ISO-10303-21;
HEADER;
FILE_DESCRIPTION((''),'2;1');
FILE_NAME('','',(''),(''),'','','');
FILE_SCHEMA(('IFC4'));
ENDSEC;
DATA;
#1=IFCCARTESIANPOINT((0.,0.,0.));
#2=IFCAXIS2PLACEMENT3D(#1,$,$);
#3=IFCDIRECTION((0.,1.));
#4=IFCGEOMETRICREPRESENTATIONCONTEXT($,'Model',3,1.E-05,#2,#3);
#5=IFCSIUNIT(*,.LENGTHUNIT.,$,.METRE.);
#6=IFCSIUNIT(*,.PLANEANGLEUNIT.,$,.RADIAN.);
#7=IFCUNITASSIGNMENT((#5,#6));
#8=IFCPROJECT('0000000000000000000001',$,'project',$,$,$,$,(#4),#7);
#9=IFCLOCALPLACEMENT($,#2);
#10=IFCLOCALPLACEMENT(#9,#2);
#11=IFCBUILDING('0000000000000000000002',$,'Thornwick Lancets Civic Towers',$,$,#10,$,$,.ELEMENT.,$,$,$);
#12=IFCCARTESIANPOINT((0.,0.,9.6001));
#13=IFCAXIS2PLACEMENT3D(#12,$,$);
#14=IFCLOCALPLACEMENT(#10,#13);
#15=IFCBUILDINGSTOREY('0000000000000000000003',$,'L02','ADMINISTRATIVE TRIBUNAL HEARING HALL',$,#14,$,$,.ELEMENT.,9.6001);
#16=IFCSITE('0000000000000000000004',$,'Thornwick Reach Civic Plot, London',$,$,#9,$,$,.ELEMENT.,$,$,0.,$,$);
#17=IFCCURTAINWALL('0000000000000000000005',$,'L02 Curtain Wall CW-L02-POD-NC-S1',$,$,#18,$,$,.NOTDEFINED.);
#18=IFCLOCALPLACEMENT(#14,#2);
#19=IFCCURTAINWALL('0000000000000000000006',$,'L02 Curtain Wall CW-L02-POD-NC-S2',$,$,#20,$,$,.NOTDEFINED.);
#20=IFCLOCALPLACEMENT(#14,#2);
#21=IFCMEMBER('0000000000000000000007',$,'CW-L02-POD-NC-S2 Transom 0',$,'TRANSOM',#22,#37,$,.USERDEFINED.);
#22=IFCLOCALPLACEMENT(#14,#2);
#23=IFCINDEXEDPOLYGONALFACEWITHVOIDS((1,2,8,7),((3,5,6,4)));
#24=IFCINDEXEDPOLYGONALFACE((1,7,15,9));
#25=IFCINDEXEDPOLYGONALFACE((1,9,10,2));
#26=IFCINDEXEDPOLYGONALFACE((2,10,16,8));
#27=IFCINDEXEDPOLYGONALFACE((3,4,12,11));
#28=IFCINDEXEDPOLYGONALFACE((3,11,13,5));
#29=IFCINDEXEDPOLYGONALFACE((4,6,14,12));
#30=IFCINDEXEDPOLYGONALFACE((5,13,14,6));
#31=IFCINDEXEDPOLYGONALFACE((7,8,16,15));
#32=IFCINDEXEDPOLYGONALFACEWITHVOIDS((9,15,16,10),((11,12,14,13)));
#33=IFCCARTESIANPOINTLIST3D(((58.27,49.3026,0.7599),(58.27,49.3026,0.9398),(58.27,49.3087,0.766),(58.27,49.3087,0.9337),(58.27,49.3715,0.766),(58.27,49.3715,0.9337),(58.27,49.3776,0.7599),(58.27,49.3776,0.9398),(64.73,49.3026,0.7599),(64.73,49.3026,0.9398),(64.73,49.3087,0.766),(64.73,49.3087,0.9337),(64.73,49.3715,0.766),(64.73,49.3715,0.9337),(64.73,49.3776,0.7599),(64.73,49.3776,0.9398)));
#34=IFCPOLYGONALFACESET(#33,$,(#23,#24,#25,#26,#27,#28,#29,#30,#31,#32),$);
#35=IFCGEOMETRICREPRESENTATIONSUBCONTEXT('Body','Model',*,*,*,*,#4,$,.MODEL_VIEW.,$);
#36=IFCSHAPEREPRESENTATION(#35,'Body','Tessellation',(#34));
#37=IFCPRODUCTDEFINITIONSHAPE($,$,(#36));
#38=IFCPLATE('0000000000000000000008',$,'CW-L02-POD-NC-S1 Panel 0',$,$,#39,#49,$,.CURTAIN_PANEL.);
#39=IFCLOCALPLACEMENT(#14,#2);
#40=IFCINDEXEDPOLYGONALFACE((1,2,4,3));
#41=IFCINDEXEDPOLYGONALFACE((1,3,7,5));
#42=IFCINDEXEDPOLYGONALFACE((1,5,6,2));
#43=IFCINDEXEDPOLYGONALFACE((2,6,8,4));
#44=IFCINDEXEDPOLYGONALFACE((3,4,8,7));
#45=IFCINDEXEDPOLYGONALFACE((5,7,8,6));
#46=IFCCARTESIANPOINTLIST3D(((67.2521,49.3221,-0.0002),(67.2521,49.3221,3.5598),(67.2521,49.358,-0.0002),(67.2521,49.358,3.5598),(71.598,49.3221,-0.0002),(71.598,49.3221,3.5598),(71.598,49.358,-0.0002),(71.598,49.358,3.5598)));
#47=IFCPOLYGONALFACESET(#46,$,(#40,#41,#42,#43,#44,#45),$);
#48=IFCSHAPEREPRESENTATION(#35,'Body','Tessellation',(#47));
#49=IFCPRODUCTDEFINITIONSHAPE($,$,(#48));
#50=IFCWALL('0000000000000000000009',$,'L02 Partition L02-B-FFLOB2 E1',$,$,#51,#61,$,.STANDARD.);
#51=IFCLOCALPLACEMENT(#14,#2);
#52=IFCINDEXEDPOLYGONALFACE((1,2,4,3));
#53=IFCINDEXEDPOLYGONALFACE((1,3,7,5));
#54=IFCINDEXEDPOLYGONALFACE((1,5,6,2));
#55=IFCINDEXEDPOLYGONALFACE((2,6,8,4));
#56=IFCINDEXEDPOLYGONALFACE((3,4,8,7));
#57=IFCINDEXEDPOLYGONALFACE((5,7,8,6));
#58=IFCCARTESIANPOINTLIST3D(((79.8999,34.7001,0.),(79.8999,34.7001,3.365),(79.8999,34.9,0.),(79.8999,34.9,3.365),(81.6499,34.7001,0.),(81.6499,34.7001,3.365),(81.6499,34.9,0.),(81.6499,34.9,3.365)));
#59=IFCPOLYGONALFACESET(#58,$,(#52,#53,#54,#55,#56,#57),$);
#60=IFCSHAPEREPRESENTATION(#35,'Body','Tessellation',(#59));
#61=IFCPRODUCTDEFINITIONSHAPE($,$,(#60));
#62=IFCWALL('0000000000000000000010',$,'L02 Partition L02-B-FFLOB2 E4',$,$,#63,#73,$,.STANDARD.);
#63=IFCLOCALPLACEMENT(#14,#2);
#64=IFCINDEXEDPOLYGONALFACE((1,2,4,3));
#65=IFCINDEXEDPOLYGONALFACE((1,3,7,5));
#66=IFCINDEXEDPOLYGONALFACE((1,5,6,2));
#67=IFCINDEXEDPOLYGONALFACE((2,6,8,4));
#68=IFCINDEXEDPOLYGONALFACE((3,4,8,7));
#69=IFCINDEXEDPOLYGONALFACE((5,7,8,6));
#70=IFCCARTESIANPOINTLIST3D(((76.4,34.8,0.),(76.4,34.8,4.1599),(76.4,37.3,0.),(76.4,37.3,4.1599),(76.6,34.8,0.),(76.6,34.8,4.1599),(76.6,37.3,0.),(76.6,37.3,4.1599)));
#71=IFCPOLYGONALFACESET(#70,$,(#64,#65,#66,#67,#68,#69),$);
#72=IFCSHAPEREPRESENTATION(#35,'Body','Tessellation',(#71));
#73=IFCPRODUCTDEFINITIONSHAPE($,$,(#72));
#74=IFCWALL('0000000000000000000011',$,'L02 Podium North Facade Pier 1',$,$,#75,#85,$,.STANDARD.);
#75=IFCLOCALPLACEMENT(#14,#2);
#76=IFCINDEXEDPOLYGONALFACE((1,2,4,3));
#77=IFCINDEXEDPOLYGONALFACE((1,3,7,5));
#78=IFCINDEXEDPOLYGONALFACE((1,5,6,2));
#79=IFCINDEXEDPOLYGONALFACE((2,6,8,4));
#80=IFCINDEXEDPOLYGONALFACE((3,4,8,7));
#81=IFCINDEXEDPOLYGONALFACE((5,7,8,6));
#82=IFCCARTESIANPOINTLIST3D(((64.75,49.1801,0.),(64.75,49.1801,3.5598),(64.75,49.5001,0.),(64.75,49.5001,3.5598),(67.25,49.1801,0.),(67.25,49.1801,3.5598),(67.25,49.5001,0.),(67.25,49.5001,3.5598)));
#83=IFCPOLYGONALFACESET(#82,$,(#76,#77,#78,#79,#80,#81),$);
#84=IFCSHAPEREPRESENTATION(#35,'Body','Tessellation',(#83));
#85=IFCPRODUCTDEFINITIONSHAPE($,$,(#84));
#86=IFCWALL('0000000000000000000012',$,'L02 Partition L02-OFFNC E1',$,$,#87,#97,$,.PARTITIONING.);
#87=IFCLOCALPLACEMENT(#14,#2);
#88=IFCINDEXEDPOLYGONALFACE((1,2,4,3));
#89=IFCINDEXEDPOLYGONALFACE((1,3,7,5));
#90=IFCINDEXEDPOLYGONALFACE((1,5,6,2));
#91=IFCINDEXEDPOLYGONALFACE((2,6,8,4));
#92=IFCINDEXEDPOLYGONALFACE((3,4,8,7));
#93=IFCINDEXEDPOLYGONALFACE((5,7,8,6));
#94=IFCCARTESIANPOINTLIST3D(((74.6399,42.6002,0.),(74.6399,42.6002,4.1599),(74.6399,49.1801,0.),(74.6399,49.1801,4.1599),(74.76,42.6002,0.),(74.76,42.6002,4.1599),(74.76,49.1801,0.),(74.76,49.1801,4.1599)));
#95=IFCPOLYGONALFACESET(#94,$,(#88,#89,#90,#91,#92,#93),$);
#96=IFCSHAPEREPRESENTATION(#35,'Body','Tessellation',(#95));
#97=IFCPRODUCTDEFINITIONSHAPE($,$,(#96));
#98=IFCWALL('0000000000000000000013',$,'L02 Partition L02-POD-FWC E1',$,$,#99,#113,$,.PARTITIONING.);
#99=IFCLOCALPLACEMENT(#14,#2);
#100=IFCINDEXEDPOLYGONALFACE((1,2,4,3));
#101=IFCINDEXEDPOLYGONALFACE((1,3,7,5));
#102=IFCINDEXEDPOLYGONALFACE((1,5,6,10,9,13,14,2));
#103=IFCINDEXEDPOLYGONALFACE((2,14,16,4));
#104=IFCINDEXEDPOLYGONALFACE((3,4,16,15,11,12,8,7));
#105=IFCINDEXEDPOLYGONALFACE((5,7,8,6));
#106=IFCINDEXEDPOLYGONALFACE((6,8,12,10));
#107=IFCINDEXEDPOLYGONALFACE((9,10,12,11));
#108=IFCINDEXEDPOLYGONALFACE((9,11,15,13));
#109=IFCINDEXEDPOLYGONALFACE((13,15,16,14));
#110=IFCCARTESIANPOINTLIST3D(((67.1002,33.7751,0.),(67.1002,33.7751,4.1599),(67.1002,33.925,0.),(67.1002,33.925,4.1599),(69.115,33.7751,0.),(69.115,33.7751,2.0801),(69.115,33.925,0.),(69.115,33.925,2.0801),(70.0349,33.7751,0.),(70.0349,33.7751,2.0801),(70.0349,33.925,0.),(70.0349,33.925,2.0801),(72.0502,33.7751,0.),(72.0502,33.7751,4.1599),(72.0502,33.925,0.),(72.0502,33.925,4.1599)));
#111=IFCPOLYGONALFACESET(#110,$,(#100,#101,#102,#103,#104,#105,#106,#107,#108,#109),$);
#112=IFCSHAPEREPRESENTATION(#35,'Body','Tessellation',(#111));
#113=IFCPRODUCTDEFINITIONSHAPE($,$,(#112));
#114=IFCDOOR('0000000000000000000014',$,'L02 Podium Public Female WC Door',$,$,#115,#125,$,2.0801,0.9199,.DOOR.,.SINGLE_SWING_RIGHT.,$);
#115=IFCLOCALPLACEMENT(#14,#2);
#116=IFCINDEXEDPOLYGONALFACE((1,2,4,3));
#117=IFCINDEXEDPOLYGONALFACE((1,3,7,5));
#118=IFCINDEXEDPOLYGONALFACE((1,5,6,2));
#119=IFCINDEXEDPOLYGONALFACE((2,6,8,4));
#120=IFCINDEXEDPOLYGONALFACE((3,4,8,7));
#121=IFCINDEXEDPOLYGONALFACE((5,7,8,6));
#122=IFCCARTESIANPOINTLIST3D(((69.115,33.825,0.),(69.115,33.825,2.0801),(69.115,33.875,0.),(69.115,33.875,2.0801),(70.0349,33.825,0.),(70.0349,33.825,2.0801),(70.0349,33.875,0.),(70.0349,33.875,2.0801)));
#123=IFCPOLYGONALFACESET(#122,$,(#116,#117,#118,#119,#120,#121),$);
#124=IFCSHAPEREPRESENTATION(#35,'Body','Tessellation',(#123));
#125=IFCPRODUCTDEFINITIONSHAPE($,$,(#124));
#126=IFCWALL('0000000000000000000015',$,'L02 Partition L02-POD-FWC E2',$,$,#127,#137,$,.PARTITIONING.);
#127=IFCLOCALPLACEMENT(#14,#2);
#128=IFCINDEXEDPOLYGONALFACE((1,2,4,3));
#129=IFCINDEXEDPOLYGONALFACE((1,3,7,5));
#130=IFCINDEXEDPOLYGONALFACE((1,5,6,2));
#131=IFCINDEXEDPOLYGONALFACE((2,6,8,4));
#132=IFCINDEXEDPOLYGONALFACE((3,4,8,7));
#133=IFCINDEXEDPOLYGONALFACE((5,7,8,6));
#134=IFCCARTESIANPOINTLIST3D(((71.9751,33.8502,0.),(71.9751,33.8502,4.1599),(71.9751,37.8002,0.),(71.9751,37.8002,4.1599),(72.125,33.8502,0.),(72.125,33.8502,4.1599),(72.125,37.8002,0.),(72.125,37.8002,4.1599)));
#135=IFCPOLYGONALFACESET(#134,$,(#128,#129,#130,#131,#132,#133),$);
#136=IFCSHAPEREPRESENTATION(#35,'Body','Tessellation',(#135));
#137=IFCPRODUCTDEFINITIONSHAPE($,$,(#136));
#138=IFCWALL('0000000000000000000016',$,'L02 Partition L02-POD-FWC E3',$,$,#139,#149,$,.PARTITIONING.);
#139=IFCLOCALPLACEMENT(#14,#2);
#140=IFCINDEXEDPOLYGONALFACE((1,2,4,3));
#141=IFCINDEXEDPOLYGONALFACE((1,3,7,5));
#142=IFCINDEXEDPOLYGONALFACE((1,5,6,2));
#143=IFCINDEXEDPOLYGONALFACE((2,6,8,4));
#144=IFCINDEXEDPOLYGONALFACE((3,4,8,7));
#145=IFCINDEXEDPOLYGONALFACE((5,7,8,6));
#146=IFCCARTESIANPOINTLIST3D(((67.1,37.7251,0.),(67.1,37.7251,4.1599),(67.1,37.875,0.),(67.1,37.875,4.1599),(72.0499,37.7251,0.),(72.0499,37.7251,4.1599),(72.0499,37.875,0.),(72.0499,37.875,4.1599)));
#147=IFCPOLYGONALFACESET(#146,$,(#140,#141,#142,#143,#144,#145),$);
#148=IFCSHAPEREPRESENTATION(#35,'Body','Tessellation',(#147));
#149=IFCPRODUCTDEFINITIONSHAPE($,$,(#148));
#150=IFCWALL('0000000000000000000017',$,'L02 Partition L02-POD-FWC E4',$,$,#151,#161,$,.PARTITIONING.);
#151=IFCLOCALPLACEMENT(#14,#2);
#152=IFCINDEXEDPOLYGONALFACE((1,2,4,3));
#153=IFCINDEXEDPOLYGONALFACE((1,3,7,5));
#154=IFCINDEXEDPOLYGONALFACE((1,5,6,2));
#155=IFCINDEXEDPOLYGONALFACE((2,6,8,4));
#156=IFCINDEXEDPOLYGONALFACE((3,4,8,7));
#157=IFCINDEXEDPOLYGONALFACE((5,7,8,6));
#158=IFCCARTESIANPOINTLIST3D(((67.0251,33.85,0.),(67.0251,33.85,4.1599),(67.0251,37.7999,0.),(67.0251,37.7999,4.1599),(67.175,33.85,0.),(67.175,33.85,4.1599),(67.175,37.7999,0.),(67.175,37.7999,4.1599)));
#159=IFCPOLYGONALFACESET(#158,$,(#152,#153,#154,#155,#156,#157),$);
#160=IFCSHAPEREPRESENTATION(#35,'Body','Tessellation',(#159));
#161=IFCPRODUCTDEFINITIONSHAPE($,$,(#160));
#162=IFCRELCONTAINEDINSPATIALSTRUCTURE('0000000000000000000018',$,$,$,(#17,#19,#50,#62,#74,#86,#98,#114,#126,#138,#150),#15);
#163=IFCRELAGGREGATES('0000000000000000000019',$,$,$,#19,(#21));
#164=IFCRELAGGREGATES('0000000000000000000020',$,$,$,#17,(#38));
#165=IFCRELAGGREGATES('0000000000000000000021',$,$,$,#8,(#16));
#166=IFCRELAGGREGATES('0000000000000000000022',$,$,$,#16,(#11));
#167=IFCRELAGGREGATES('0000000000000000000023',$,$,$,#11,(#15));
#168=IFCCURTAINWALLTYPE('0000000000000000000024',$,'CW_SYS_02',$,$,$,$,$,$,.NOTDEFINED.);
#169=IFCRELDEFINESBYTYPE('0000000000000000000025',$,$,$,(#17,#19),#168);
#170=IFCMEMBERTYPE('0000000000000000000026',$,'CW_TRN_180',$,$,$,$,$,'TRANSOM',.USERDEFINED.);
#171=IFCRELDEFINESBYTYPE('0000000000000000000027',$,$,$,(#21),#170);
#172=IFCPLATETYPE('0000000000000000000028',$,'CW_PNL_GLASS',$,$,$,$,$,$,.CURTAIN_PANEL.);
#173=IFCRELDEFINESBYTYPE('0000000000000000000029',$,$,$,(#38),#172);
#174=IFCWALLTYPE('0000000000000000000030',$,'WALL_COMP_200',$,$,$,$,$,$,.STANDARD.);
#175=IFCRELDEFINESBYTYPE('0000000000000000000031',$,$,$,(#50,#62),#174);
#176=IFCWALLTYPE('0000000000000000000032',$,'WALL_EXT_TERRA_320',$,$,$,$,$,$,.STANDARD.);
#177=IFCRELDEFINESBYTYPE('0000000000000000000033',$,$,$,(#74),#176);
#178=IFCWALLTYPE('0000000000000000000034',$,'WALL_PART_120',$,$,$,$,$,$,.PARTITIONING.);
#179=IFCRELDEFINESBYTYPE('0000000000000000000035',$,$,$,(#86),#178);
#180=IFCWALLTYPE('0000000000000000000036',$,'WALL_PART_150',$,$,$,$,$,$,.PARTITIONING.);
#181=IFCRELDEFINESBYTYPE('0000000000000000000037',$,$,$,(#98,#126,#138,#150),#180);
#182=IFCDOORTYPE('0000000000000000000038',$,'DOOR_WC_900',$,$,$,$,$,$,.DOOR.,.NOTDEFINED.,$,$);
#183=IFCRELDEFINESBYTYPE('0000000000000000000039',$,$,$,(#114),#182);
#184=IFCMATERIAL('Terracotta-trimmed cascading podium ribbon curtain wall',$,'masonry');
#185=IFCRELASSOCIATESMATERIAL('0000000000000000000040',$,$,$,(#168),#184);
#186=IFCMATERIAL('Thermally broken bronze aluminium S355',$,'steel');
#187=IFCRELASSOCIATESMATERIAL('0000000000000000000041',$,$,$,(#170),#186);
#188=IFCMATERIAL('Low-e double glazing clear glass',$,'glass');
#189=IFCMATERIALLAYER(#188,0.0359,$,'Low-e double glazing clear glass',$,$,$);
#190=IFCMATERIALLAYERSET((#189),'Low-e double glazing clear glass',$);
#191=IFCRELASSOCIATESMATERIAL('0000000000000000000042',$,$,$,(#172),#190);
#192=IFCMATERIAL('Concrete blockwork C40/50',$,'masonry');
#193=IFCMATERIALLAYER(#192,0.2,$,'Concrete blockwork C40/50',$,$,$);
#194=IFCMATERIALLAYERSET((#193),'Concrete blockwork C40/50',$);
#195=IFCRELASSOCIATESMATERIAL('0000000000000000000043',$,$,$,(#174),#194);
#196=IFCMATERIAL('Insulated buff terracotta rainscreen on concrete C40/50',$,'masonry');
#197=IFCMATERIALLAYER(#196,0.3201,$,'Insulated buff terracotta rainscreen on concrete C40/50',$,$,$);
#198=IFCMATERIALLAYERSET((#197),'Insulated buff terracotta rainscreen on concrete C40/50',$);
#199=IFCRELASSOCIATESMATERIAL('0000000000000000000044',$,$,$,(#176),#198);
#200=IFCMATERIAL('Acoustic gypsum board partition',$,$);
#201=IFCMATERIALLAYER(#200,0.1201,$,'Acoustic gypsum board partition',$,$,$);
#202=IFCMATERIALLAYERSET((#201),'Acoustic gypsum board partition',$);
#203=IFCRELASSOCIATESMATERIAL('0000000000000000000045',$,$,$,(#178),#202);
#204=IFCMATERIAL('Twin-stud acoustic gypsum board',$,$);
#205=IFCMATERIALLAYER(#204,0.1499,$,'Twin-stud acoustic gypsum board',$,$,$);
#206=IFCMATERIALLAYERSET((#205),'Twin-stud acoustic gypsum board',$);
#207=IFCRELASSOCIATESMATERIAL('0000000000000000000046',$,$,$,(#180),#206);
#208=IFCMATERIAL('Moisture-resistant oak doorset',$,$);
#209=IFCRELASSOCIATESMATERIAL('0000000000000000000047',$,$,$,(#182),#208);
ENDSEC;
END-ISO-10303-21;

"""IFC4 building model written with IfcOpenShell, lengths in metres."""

from ifc_helpers import new_model, si_unit, direction, frame, frame_2d, origin, origin_2d, place, context, subcontext, project, spatial, rectangle, hollow_rectangle, extrude, material, layer, layer_set, material_profile, profile_set, type_object, element, fill, aggregate, save


model = new_model("IFC4")

# Units and contexts
model_context = context("Model", 3, precision=1e-05, world=origin(), true_north=direction((0.0, 1.0)))
body_context = subcontext(model_context, "Body", "Model", "MODEL_VIEW")
ifc_project = project(units=[si_unit("LENGTHUNIT", "METRE"), si_unit("PLANEANGLEUNIT", "RADIAN")], contexts=[model_context])

# Site, building, storey
site_placement = place(None, origin())
site = spatial("IfcSite", under=ifc_project, at=site_placement, Name="Thornwick Reach Civic Plot, London", CompositionType="ELEMENT", RefElevation=0.0)
building_placement = place(site_placement, origin())
building = spatial("IfcBuilding", under=site, at=building_placement, Name="Thornwick Lancets Civic Towers", CompositionType="ELEMENT")
storey_placement = place(building_placement, frame((0.0, 0.0, 9.6001)))
storey = spatial("IfcBuildingStorey", under=building, at=storey_placement, Name="L02", Description="ADMINISTRATIVE TRIBUNAL HEARING HALL", CompositionType="ELEMENT", Elevation=9.6001)

# Curtain wall
ifc_material_1 = material(Name="Terracotta-trimmed cascading podium ribbon curtain wall", Category="masonry")
curtain_wall_type = type_object("IfcCurtainWallType", Name="CW_SYS_02", PredefinedType="NOTDEFINED", material=ifc_material_1)
curtain_wall_1_placement = place(storey_placement, origin())
curtain_wall_1 = element("IfcCurtainWall", 1, at=curtain_wall_1_placement, inside=storey, type_object=curtain_wall_type, Name="L02 Curtain Wall CW-L02-POD-NC-S1", PredefinedType="NOTDEFINED")
ifc_material_2 = material(Name="Thermally broken bronze aluminium S355", Category="steel")

# Curtain wall
curtain_wall_2_placement = place(storey_placement, origin())
curtain_wall_2 = element("IfcCurtainWall", 2, at=curtain_wall_2_placement, inside=storey, type_object=curtain_wall_type, Name="L02 Curtain Wall CW-L02-POD-NC-S2", PredefinedType="NOTDEFINED")

# Member
ifc_material_profile_1 = material_profile(ifc_material_2, hollow_rectangle(XDim=0.075, YDim=0.1799, WallThickness=0.0061, at=origin_2d()), Name="RHS 180x75x6")
ifc_profile_set_1 = profile_set([ifc_material_profile_1], Name="Thermally broken bronze aluminium S355")
member_type_1 = type_object("IfcMemberType", Name="CW_TRN_180", ElementType="TRANSOM", PredefinedType="USERDEFINED", material=ifc_profile_set_1)
member_1_placement = place(storey_placement, frame((64.73, 49.3401, 0.8499), z_axis=(-1.0, 0.0, 0.0), x_axis=(0.0, -1.0, 0.0)))
member_1 = element("IfcMember", 3, at=member_1_placement, type_object=member_type_1, Name="CW-L02-POD-NC-S2 Transom 0", ObjectType="TRANSOM", PredefinedType="USERDEFINED", context=body_context, shape_type="SweptSolid", body=[
    extrude(hollow_rectangle(XDim=0.075, YDim=0.1799, WallThickness=0.0061, at=origin_2d()), origin(), (0.0, 0.0, 1.0), 6.46),
])
aggregate(curtain_wall_2, [member_1])

# Plate
ifc_material_3 = material(Name="Low-e double glazing clear glass", Category="glass")
ifc_layer_1 = layer(ifc_material_3, 0.0359, Name="Low-e double glazing clear glass")
ifc_layer_set_1 = layer_set([ifc_layer_1], Name="Low-e double glazing clear glass")
plate_type = type_object("IfcPlateType", Name="CW_PNL_GLASS", PredefinedType="CURTAIN_PANEL", material=ifc_layer_set_1)
plate_placement = place(storey_placement, frame((69.425, 49.3401, -0.0002), z_axis=(0.0, 0.0, 1.0), x_axis=(-1.0, 0.0, 0.0)))
plate = element("IfcPlate", 4, at=plate_placement, type_object=plate_type, Name="CW-L02-POD-NC-S1 Panel 0", PredefinedType="CURTAIN_PANEL", context=body_context, shape_type="SweptSolid", body=[
    extrude(rectangle(XDim=4.3459, YDim=0.0359, at=origin_2d()), origin(), (0.0, 0.0, 1.0), 3.5601),
])
aggregate(curtain_wall_1, [plate])

# Walls
ifc_material_4 = material(Name="Concrete blockwork C40/50", Category="masonry")
ifc_layer_2 = layer(ifc_material_4, 0.2, Name="Concrete blockwork C40/50")
ifc_layer_set_2 = layer_set([ifc_layer_2], Name="Concrete blockwork C40/50")
wall_type_1 = type_object("IfcWallType", Name="WALL_COMP_200", PredefinedType="STANDARD", material=ifc_layer_set_2)
wall_1_placement = place(storey_placement, frame((79.8999, 34.8, 0.0), z_axis=(0.0, 0.0, 1.0), x_axis=(1.0, 0.0, 0.0)))
element("IfcWall", 5, at=wall_1_placement, inside=storey, type_object=wall_type_1, Name="L02 Partition L02-B-FFLOB2 E1", PredefinedType="STANDARD", context=body_context, shape_type="SweptSolid", body=[
    extrude(rectangle(XDim=1.75, YDim=0.2, at=frame_2d((0.875, 0.0))), origin(), (0.0, 0.0, 1.0), 3.365),
])
wall_2_placement = place(storey_placement, frame((76.5, 37.3, 0.0), z_axis=(0.0, 0.0, 1.0), x_axis=(0.0, -1.0, 0.0)))
element("IfcWall", 6, at=wall_2_placement, inside=storey, type_object=wall_type_1, Name="L02 Partition L02-B-FFLOB2 E4", PredefinedType="STANDARD", context=body_context, shape_type="SweptSolid", body=[
    extrude(rectangle(XDim=2.5, YDim=0.2, at=frame_2d((1.25, 0.0))), origin(), (0.0, 0.0, 1.0), 4.1599),
])
ifc_material_5 = material(Name="Insulated buff terracotta rainscreen on concrete C40/50", Category="masonry")
ifc_layer_3 = layer(ifc_material_5, 0.3201, Name="Insulated buff terracotta rainscreen on concrete C40/50")
ifc_layer_set_3 = layer_set([ifc_layer_3], Name="Insulated buff terracotta rainscreen on concrete C40/50")
wall_type_2 = type_object("IfcWallType", Name="WALL_EXT_TERRA_320", PredefinedType="STANDARD", material=ifc_layer_set_3)
wall_3_placement = place(storey_placement, frame((67.25, 49.3401, 0.0), z_axis=(0.0, 0.0, 1.0), x_axis=(-1.0, 0.0, 0.0)))
element("IfcWall", 7, at=wall_3_placement, inside=storey, type_object=wall_type_2, Name="L02 Podium North Facade Pier 1", PredefinedType="STANDARD", context=body_context, shape_type="SweptSolid", body=[
    extrude(rectangle(XDim=2.5, YDim=0.3201, at=frame_2d((1.25, 0.0))), origin(), (0.0, 0.0, 1.0), 3.5598),
])
ifc_material_6 = material(Name="Acoustic gypsum board partition")
ifc_layer_4 = layer(ifc_material_6, 0.1201, Name="Acoustic gypsum board partition")
ifc_layer_set_4 = layer_set([ifc_layer_4], Name="Acoustic gypsum board partition")
wall_type_3 = type_object("IfcWallType", Name="WALL_PART_120", PredefinedType="PARTITIONING", material=ifc_layer_set_4)
wall_4_placement = place(storey_placement, frame((74.7, 42.6001, 0.0), z_axis=(0.0, 0.0, 1.0), x_axis=(0.0, 1.0, 0.0)))
element("IfcWall", 8, at=wall_4_placement, inside=storey, type_object=wall_type_3, Name="L02 Partition L02-OFFNC E1", PredefinedType="PARTITIONING", context=body_context, shape_type="SweptSolid", body=[
    extrude(rectangle(XDim=6.5798, YDim=0.1201, at=frame_2d((3.29, 0.0))), origin(), (0.0, 0.0, 1.0), 4.1599),
])

# Wall, opening, door
ifc_material_7 = material(Name="Twin-stud acoustic gypsum board")
ifc_layer_5 = layer(ifc_material_7, 0.1499, Name="Twin-stud acoustic gypsum board")
ifc_layer_set_5 = layer_set([ifc_layer_5], Name="Twin-stud acoustic gypsum board")
wall_type_4 = type_object("IfcWallType", Name="WALL_PART_150", PredefinedType="PARTITIONING", material=ifc_layer_set_5)
wall_5_placement = place(storey_placement, frame((67.1001, 33.8501, 0.0), z_axis=(0.0, 0.0, 1.0), x_axis=(1.0, 0.0, 0.0)))
wall_5 = element("IfcWall", 9, at=wall_5_placement, inside=storey, type_object=wall_type_4, Name="L02 Partition L02-POD-FWC E1", PredefinedType="PARTITIONING", context=body_context, shape_type="SweptSolid", body=[
    extrude(rectangle(XDim=4.95, YDim=0.1499, at=frame_2d((2.4751, 0.0))), origin(), (0.0, 0.0, 1.0), 4.1599),
])
opening_1_placement = place(wall_5_placement, frame((2.0149, 0.0, 0.0)))
opening_1 = element("IfcOpeningElement", 10, at=opening_1_placement, cuts=wall_5, PredefinedType="OPENING", context=body_context, shape_type="SweptSolid", body=[
    extrude(rectangle(XDim=0.9199, YDim=2.0801, at=frame_2d((0.46, 1.04))), frame((0.0, 0.085, 0.0), z_axis=(0.0, -1.0, 0.0), x_axis=(1.0, 0.0, 0.0)), (0.0, 0.0, 1.0), 0.1699),
])
ifc_material_8 = material(Name="Moisture-resistant oak doorset")
door_type_1 = type_object("IfcDoorType", Name="DOOR_WC_900", OperationType="NOTDEFINED", PredefinedType="DOOR", material=ifc_material_8)
door_1_placement = place(opening_1_placement, origin())
door_1 = element("IfcDoor", 11, at=door_1_placement, inside=storey, type_object=door_type_1, Name="L02 Podium Public Female WC Door", OperationType="SINGLE_SWING_RIGHT", OverallHeight=2.0801, OverallWidth=0.9199, PredefinedType="DOOR", context=body_context, shape_type="SweptSolid", body=[
    extrude(rectangle(XDim=0.9199, YDim=2.0801, at=frame_2d((0.46, 1.04))), frame((0.0, 0.0249, 0.0), z_axis=(0.0, -1.0, 0.0), x_axis=(1.0, 0.0, 0.0)), (0.0, 0.0, 1.0), 0.05),
])
fill(opening_1, door_1)

# Walls
wall_6_placement = place(storey_placement, frame((72.05, 33.8501, 0.0), z_axis=(0.0, 0.0, 1.0), x_axis=(0.0, 1.0, 0.0)))
element("IfcWall", 12, at=wall_6_placement, inside=storey, type_object=wall_type_4, Name="L02 Partition L02-POD-FWC E2", PredefinedType="PARTITIONING", context=body_context, shape_type="SweptSolid", body=[
    extrude(rectangle(XDim=3.95, YDim=0.1499, at=frame_2d((1.9751, 0.0))), origin(), (0.0, 0.0, 1.0), 4.1599),
])
wall_7_placement = place(storey_placement, frame((72.05, 37.8, 0.0), z_axis=(0.0, 0.0, 1.0), x_axis=(-1.0, 0.0, 0.0)))
element("IfcWall", 13, at=wall_7_placement, inside=storey, type_object=wall_type_4, Name="L02 Partition L02-POD-FWC E3", PredefinedType="PARTITIONING", context=body_context, shape_type="SweptSolid", body=[
    extrude(rectangle(XDim=4.95, YDim=0.1499, at=frame_2d((2.4751, 0.0))), origin(), (0.0, 0.0, 1.0), 4.1599),
])
wall_8_placement = place(storey_placement, frame((67.1001, 37.8, 0.0), z_axis=(0.0, 0.0, 1.0), x_axis=(0.0, -1.0, 0.0)))
element("IfcWall", 14, at=wall_8_placement, inside=storey, type_object=wall_type_4, Name="L02 Partition L02-POD-FWC E4", PredefinedType="PARTITIONING", context=body_context, shape_type="SweptSolid", body=[
    extrude(rectangle(XDim=3.95, YDim=0.1499, at=frame_2d((1.9751, 0.0))), origin(), (0.0, 0.0, 1.0), 4.1599),
])

save(model, "model.ifc")
